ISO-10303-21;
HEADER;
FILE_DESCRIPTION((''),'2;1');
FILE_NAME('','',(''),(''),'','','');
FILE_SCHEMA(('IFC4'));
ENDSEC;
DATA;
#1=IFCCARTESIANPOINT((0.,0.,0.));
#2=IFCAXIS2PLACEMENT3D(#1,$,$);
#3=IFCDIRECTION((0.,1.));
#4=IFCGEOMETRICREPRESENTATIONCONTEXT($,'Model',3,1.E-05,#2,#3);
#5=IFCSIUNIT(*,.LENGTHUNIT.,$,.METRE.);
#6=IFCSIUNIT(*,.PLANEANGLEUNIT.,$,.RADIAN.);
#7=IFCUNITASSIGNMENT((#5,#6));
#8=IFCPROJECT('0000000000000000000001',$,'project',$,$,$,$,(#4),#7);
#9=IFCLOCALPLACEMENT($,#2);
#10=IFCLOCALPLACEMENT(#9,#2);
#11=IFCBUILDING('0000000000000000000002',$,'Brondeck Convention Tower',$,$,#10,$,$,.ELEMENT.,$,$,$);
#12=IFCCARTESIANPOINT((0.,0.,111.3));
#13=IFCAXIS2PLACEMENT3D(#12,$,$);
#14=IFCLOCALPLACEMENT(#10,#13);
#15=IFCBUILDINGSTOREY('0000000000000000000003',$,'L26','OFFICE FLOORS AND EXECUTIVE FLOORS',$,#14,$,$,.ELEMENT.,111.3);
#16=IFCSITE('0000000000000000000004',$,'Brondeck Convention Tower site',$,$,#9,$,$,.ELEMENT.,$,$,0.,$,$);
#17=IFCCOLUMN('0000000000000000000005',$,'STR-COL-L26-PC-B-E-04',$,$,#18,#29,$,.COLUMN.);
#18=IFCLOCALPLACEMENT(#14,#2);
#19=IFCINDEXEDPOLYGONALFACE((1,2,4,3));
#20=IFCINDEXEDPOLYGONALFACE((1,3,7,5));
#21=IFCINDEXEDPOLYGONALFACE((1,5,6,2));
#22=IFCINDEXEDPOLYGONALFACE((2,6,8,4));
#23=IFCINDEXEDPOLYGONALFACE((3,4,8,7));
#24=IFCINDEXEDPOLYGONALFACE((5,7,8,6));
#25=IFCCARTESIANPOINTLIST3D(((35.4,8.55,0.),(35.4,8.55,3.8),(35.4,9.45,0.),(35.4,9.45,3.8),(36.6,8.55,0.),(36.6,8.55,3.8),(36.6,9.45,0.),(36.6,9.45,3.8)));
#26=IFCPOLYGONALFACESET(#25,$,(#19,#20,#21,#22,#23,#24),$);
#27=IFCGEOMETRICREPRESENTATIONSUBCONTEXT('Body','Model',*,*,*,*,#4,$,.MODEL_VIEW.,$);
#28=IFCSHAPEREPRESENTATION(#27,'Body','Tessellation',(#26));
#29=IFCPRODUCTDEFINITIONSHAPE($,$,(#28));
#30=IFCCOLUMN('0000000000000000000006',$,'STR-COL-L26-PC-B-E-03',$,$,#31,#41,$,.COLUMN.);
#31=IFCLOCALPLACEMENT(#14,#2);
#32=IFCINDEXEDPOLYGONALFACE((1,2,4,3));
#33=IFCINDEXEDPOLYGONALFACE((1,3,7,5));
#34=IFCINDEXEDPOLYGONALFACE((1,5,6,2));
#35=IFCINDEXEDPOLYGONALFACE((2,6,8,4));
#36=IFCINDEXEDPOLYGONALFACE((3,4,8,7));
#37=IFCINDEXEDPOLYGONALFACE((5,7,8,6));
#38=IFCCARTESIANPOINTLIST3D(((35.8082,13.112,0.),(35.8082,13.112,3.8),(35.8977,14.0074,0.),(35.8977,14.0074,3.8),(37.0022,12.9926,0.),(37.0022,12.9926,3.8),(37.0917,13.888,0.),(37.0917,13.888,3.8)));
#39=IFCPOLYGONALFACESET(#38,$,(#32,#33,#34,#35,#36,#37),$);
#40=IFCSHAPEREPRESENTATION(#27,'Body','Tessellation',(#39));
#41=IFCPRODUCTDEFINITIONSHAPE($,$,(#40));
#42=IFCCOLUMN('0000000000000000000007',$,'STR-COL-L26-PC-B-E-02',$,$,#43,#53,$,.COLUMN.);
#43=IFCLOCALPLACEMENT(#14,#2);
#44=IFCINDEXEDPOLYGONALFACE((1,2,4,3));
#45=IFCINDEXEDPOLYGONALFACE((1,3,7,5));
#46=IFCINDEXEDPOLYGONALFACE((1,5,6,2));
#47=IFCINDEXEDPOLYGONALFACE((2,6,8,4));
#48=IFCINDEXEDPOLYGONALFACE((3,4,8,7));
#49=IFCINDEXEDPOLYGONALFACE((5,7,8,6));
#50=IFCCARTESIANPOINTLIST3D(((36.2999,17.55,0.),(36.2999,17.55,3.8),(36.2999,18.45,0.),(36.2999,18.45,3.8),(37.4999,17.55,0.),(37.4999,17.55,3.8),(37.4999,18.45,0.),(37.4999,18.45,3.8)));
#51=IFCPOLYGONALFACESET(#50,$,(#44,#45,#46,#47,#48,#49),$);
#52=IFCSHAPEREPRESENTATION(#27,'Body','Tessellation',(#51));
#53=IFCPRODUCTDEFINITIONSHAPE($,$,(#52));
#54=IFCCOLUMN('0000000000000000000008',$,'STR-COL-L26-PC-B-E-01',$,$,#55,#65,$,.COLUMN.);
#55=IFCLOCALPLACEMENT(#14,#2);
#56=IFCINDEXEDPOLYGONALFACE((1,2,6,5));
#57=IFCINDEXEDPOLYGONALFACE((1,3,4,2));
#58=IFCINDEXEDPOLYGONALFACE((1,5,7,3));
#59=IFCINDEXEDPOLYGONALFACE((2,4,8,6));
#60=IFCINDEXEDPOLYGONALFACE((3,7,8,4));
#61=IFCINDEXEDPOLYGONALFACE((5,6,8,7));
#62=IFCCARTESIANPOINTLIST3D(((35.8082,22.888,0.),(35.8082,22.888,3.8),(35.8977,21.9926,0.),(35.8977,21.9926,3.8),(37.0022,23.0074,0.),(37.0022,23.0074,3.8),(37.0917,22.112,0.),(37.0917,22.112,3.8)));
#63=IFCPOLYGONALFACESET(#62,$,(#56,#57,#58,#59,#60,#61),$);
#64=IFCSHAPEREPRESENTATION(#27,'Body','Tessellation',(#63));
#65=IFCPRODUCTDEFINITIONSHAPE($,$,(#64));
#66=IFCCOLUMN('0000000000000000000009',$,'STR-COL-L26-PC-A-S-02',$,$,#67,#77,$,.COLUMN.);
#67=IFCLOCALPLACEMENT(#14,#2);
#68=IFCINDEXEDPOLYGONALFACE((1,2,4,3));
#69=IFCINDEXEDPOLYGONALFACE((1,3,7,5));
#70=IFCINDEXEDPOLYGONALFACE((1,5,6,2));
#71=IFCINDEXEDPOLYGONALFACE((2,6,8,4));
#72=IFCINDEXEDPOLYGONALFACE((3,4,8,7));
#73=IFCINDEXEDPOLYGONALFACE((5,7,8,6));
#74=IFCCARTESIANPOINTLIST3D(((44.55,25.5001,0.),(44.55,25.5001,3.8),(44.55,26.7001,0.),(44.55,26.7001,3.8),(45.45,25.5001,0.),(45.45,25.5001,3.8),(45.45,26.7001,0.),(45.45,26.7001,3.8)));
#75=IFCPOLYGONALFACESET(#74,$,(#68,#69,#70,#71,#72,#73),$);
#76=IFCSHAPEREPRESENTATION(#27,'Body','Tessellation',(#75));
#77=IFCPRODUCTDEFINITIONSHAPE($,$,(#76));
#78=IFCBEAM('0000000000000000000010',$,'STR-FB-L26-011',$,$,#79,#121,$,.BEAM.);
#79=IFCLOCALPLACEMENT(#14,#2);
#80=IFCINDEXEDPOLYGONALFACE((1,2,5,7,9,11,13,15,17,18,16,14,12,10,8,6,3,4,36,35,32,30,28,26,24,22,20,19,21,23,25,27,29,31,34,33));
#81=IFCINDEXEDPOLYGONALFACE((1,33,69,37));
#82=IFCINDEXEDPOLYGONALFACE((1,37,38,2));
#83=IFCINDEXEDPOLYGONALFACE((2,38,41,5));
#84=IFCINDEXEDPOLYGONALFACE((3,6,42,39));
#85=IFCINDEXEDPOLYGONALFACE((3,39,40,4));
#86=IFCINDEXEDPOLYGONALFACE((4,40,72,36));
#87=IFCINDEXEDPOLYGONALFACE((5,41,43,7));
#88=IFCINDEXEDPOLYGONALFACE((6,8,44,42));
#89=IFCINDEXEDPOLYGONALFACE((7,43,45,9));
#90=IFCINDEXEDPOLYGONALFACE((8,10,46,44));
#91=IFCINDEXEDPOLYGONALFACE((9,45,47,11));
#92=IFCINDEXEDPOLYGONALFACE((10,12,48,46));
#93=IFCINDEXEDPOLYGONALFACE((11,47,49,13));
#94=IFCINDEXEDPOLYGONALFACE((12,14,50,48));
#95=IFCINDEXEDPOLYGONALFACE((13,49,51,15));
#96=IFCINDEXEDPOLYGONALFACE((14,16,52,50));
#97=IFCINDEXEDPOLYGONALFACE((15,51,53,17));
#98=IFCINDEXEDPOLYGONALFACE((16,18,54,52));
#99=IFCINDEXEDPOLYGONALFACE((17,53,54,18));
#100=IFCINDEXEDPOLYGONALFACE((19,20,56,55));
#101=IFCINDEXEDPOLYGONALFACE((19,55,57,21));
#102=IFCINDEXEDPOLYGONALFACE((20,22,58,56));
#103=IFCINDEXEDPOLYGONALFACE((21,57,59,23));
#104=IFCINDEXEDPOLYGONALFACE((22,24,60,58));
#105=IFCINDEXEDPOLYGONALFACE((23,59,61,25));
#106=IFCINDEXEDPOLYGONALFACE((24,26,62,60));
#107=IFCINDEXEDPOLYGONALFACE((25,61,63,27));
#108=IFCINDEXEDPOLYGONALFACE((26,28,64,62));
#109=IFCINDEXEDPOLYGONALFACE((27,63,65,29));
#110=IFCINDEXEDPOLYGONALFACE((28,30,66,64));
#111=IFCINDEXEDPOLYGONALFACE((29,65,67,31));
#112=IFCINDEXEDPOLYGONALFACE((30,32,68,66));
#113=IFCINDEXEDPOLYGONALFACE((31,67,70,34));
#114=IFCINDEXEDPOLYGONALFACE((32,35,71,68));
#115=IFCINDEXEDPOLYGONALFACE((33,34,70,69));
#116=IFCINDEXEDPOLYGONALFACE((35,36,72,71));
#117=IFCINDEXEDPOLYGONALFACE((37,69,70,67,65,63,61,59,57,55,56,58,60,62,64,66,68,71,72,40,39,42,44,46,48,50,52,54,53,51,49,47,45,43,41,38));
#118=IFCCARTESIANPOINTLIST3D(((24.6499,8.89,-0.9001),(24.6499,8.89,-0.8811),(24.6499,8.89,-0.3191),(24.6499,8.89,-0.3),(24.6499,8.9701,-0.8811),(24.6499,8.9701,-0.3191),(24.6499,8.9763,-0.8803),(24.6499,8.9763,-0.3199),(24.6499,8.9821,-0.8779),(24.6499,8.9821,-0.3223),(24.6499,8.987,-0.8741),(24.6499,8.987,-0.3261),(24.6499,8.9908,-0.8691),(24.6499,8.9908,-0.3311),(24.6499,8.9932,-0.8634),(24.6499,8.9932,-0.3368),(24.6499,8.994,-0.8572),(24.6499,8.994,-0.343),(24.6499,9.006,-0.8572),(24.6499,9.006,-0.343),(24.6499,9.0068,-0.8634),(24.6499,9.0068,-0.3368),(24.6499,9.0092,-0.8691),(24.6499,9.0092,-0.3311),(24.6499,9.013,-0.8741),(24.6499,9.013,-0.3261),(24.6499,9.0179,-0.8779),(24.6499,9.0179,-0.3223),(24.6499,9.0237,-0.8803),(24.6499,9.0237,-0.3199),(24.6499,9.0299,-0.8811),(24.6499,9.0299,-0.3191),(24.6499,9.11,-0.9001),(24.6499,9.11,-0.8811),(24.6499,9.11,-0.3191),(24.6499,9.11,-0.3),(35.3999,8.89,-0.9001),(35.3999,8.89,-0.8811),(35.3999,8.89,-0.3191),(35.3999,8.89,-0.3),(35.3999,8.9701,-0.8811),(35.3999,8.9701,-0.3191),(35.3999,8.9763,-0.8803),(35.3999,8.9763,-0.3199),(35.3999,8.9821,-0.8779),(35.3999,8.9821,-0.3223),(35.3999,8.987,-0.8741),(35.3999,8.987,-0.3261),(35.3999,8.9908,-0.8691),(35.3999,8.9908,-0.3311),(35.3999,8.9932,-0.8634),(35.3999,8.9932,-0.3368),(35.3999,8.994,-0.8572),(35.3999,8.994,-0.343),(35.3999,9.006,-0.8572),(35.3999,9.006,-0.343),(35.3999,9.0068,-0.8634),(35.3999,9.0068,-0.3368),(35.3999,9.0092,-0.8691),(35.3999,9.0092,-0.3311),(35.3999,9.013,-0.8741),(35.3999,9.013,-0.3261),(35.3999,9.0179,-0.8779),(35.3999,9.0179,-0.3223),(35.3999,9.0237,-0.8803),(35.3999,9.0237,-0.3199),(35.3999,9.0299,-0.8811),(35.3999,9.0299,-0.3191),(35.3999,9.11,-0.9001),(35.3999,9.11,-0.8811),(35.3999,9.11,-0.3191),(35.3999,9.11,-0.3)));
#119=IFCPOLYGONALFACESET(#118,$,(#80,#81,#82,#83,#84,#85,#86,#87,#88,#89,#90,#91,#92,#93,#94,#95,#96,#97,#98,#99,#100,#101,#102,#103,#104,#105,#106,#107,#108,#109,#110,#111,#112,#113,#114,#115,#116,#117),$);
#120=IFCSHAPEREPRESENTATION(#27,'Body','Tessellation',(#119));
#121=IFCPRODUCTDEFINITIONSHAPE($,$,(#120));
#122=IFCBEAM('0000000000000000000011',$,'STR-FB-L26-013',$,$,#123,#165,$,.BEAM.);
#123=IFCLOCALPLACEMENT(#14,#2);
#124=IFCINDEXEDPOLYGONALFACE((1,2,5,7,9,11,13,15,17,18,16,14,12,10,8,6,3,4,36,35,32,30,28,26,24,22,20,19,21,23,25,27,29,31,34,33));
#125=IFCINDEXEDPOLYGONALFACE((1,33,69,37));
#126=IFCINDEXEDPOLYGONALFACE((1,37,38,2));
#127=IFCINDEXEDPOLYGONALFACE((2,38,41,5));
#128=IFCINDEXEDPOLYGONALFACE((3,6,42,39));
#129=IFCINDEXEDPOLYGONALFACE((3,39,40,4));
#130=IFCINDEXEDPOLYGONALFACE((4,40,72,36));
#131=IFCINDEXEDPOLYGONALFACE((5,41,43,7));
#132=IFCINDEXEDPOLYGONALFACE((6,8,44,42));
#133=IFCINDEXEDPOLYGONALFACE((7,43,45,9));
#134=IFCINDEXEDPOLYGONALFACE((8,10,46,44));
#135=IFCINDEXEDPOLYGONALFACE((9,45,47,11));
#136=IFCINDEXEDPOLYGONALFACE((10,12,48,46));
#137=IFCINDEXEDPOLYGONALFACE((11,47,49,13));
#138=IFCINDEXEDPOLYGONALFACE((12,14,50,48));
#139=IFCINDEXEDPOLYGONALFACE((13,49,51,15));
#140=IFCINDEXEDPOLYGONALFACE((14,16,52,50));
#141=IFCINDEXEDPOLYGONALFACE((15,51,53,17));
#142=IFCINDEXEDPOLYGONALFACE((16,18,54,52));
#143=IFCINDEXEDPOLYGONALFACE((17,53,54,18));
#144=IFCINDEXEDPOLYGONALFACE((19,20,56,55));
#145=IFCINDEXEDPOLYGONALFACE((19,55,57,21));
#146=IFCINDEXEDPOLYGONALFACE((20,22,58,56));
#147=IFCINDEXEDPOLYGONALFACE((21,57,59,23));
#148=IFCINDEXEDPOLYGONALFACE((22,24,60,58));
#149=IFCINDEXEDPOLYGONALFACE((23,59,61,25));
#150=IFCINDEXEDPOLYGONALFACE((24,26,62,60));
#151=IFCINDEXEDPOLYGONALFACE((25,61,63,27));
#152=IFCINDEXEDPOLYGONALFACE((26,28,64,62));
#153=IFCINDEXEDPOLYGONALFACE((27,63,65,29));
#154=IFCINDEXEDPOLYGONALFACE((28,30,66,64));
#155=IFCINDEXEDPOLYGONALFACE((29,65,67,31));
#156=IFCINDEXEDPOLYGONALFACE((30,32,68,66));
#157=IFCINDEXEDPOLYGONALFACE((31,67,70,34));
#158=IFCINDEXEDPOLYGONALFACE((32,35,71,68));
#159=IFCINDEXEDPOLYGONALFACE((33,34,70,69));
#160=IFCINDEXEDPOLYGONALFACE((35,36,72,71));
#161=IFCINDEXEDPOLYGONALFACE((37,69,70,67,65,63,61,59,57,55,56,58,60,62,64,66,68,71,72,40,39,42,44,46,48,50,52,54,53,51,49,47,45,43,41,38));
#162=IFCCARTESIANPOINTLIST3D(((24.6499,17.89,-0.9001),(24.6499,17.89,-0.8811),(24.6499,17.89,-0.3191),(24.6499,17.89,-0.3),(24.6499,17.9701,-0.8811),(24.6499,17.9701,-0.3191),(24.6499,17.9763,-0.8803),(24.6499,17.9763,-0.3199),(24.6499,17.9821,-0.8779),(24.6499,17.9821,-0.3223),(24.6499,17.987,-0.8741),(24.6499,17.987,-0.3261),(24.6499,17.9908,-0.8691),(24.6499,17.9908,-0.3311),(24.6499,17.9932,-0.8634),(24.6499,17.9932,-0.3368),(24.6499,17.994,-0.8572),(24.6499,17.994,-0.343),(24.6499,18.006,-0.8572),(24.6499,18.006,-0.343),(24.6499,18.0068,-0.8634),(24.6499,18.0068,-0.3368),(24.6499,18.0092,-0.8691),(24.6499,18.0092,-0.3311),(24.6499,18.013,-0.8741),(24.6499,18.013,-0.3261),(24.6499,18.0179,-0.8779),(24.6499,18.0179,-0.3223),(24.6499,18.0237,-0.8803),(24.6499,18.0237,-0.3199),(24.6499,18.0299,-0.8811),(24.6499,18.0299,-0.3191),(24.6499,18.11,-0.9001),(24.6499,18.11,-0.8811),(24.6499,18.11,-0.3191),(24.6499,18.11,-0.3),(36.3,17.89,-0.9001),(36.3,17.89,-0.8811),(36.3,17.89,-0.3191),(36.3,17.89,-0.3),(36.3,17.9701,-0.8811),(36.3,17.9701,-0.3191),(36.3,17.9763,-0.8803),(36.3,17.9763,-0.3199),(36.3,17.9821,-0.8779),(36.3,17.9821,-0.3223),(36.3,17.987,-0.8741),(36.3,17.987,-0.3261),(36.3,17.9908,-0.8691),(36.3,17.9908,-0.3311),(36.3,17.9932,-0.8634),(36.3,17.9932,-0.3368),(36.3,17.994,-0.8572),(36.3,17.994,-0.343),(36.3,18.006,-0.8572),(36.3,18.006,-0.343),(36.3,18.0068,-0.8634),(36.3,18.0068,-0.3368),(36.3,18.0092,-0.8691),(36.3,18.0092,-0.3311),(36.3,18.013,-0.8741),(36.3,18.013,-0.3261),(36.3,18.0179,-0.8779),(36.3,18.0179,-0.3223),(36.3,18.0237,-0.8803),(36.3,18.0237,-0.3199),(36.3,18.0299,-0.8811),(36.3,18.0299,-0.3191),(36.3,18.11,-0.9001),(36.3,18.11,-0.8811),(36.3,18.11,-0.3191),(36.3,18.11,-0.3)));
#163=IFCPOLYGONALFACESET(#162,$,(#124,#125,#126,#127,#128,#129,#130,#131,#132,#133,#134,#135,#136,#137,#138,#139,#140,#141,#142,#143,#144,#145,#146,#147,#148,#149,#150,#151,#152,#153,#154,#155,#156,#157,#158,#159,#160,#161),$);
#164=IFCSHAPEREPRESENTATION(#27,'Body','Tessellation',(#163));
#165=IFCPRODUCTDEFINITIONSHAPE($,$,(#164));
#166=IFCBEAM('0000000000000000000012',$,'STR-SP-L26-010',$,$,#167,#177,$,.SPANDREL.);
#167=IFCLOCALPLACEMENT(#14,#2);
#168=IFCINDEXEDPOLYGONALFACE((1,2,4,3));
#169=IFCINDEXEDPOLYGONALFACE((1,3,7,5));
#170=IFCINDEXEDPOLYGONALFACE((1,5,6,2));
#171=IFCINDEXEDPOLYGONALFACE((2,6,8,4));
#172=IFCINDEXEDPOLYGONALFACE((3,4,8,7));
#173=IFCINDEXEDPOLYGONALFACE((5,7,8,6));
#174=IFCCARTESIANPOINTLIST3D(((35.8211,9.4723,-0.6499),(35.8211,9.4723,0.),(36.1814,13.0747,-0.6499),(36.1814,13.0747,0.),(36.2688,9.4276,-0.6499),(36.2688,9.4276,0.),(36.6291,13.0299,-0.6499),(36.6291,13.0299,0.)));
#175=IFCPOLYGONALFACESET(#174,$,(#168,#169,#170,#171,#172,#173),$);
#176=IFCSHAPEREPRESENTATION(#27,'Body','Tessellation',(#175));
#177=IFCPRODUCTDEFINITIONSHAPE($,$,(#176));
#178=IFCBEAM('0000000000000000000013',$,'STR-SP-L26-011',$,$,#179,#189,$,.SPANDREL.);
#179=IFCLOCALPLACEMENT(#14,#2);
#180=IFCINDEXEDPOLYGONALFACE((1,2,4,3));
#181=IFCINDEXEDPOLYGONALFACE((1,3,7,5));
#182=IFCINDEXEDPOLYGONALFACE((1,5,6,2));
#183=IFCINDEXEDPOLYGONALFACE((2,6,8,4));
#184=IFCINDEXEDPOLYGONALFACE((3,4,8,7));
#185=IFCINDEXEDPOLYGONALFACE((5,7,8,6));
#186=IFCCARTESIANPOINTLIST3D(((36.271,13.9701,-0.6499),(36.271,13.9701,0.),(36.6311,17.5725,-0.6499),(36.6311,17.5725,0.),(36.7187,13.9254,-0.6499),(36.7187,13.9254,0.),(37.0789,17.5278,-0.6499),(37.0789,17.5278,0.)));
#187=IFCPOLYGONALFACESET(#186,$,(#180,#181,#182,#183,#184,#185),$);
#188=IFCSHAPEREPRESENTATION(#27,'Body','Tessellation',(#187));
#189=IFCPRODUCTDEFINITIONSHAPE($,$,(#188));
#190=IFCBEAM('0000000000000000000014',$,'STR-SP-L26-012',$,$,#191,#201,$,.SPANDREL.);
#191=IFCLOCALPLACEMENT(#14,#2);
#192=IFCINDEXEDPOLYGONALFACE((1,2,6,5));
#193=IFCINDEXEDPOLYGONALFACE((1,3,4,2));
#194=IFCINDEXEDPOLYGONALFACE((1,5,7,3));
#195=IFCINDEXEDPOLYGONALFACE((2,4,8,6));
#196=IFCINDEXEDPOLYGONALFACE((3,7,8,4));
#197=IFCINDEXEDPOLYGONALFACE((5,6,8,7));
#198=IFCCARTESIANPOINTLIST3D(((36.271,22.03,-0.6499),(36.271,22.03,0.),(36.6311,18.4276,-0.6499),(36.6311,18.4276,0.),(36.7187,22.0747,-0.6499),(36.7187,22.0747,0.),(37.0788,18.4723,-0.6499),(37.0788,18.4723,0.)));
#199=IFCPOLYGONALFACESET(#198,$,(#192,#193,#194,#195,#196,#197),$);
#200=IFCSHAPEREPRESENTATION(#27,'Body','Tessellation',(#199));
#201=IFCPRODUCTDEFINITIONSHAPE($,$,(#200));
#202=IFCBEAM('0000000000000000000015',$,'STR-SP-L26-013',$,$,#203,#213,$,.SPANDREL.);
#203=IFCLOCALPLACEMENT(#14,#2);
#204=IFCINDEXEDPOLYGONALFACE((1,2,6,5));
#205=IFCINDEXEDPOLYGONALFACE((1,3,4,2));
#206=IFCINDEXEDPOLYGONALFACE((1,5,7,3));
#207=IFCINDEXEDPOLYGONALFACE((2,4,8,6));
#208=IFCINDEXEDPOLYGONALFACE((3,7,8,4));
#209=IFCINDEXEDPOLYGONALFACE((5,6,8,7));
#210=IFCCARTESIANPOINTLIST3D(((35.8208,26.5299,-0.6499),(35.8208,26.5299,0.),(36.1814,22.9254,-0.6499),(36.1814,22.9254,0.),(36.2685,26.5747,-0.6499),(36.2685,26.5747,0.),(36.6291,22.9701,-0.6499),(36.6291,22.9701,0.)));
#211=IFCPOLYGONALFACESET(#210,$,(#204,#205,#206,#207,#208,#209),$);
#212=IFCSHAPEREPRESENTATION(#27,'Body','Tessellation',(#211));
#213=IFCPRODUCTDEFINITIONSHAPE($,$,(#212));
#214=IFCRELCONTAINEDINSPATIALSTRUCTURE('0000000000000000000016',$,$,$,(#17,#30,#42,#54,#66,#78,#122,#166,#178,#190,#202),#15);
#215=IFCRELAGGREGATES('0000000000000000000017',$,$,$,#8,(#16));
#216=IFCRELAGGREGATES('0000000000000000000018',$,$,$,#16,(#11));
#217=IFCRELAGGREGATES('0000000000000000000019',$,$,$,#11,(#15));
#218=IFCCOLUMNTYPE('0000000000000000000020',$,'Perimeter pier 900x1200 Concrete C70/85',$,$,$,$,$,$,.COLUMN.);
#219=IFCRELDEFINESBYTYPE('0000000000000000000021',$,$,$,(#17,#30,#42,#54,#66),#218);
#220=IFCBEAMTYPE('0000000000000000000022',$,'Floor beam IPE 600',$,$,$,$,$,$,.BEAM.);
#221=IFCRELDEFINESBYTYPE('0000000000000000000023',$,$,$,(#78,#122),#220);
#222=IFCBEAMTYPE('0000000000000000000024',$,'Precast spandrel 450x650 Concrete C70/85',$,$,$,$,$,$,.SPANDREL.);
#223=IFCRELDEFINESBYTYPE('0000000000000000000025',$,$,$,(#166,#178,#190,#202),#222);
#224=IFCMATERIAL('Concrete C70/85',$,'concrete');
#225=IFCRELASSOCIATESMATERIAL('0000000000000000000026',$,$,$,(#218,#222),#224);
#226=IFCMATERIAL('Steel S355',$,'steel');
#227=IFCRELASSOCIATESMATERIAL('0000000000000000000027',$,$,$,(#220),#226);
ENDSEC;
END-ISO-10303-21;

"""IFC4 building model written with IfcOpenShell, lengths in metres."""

from ifc_helpers import new_model, si_unit, direction, frame, origin, origin_2d, place, context, subcontext, project, spatial, rectangle, i_section, extrude, material, material_profile, profile_set, type_object, element, save


model = new_model("IFC4")

# Units and contexts
model_context = context("Model", 3, precision=1e-05, world=origin(), true_north=direction((0.0, 1.0)))
body_context = subcontext(model_context, "Body", "Model", "MODEL_VIEW")
ifc_project = project(units=[si_unit("LENGTHUNIT", "METRE"), si_unit("PLANEANGLEUNIT", "RADIAN")], contexts=[model_context])

# Site, building, storey
site_placement = place(None, origin())
site = spatial("IfcSite", under=ifc_project, at=site_placement, Name="Brondeck Convention Tower site", CompositionType="ELEMENT", RefElevation=0.0)
building_placement = place(site_placement, origin())
building = spatial("IfcBuilding", under=site, at=building_placement, Name="Brondeck Convention Tower", CompositionType="ELEMENT")
storey_placement = place(building_placement, frame((0.0, 0.0, 111.3)))
storey = spatial("IfcBuildingStorey", under=building, at=storey_placement, Name="L26", Description="OFFICE FLOORS AND EXECUTIVE FLOORS", CompositionType="ELEMENT", Elevation=111.3)

# Columns
ifc_material_1 = material(Name="Concrete C70/85", Category="concrete")
ifc_material_profile_1 = material_profile(ifc_material_1, rectangle(XDim=0.8999, YDim=1.2, at=origin_2d()), Name="Perimeter pier 900x1200 Concrete C70/85")
ifc_profile_set_1 = profile_set([ifc_material_profile_1], Name="Concrete C70/85")
column_type = type_object("IfcColumnType", Name="Perimeter pier 900x1200 Concrete C70/85", PredefinedType="COLUMN", material=ifc_profile_set_1)
for number, where, z_axis, x_axis, name in (
    (1, (36.0, 9.0, 0.0), (0.0, 0.0, 1.0), (0.0, 1.0, 0.0), "STR-COL-L26-PC-B-E-04"),
    (2, (36.45, 13.5, 0.0), (0.0, 0.0, 1.0), (0.099504, 0.995037, 0.0), "STR-COL-L26-PC-B-E-03"),
    (3, (36.8999, 18.0, 0.0), (0.0, 0.0, 1.0), (0.0, 1.0, 0.0), "STR-COL-L26-PC-B-E-02"),
    (4, (36.45, 22.5, 0.0), (0.0, 0.0, 1.0), (-0.099504, 0.995037, 0.0), "STR-COL-L26-PC-B-E-01"),
    (5, (45.0, 26.1001, 0.0), (0.0, 0.0, 1.0), (1.0, 0.0, 0.0), "STR-COL-L26-PC-A-S-02"),
):
    element("IfcColumn", number, at=place(storey_placement, frame(where, z_axis=z_axis, x_axis=x_axis)), inside=storey, type_object=column_type, Name=name, PredefinedType="COLUMN", context=body_context, shape_type="SweptSolid", body=[
        extrude(rectangle(XDim=0.8999, YDim=1.2, at=origin_2d()), origin(), (0.0, 0.0, 1.0), 3.8),
    ])

# Beams
ifc_material_2 = material(Name="Steel S355", Category="steel")
ifc_material_profile_2 = material_profile(ifc_material_2, i_section(OverallWidth=0.22, OverallDepth=0.6001, WebThickness=0.012, FlangeThickness=0.019, FilletRadius=0.0239, at=origin_2d()), Name="IPE 600")
ifc_profile_set_2 = profile_set([ifc_material_profile_2], Name="Steel S355")
beam_type_1 = type_object("IfcBeamType", Name="Floor beam IPE 600", PredefinedType="BEAM", material=ifc_profile_set_2)
beam_1_placement = place(storey_placement, frame((24.6499, 9.0, -0.6001), z_axis=(1.0, 0.0, 0.0), x_axis=(0.0, 1.0, 0.0)))
element("IfcBeam", 6, at=beam_1_placement, inside=storey, type_object=beam_type_1, Name="STR-FB-L26-011", PredefinedType="BEAM", context=body_context, shape_type="SweptSolid", body=[
    extrude(i_section(OverallWidth=0.22, OverallDepth=0.6001, WebThickness=0.012, FlangeThickness=0.019, FilletRadius=0.0239, at=origin_2d()), origin(), (0.0, 0.0, 1.0), 10.75),
])
beam_2_placement = place(storey_placement, frame((24.6499, 18.0, -0.6001), z_axis=(1.0, 0.0, 0.0), x_axis=(0.0, 1.0, 0.0)))
element("IfcBeam", 7, at=beam_2_placement, inside=storey, type_object=beam_type_1, Name="STR-FB-L26-013", PredefinedType="BEAM", context=body_context, shape_type="SweptSolid", body=[
    extrude(i_section(OverallWidth=0.22, OverallDepth=0.6001, WebThickness=0.012, FlangeThickness=0.019, FilletRadius=0.0239, at=origin_2d()), origin(), (0.0, 0.0, 1.0), 11.6501),
])
ifc_material_profile_3 = material_profile(ifc_material_1, rectangle(XDim=0.45, YDim=0.6499, at=origin_2d()), Name="Precast spandrel 450x650 Concrete C70/85")
ifc_profile_set_3 = profile_set([ifc_material_profile_3], Name="Concrete C70/85")
beam_type_2 = type_object("IfcBeamType", Name="Precast spandrel 450x650 Concrete C70/85", PredefinedType="SPANDREL", material=ifc_profile_set_3)
for number, where, z_axis, x_axis, name in (
    (8, (36.0449, 9.45, -0.325), (0.099537, 0.995034, 0.0), (-0.995034, 0.099537, 0.0), "STR-SP-L26-010"),
    (9, (36.4949, 13.9478, -0.325), (0.09947, 0.995041, 0.0), (-0.995041, 0.09947, 0.0), "STR-SP-L26-011"),
    (10, (36.855, 18.45, -0.325), (-0.09947, 0.995041, 0.0), (-0.995041, -0.09947, 0.0), "STR-SP-L26-012"),
):
    element("IfcBeam", number, at=place(storey_placement, frame(where, z_axis=z_axis, x_axis=x_axis)), inside=storey, type_object=beam_type_2, Name=name, PredefinedType="SPANDREL", context=body_context, shape_type="SweptSolid", body=[
        extrude(rectangle(XDim=0.45, YDim=0.6499, at=origin_2d()), origin(), (0.0, 0.0, 1.0), 3.6204),
    ])
beam_3_placement = place(storey_placement, frame((36.4053, 22.9478, -0.325), z_axis=(-0.099544, 0.995033, 0.0), x_axis=(-0.995033, -0.099544, 0.0)))
element("IfcBeam", 11, at=beam_3_placement, inside=storey, type_object=beam_type_2, Name="STR-SP-L26-013", PredefinedType="SPANDREL", context=body_context, shape_type="SweptSolid", body=[
    extrude(rectangle(XDim=0.45, YDim=0.6499, at=origin_2d()), origin(), (0.0, 0.0, 1.0), 3.6226),
])

save(model, "model.ifc")
